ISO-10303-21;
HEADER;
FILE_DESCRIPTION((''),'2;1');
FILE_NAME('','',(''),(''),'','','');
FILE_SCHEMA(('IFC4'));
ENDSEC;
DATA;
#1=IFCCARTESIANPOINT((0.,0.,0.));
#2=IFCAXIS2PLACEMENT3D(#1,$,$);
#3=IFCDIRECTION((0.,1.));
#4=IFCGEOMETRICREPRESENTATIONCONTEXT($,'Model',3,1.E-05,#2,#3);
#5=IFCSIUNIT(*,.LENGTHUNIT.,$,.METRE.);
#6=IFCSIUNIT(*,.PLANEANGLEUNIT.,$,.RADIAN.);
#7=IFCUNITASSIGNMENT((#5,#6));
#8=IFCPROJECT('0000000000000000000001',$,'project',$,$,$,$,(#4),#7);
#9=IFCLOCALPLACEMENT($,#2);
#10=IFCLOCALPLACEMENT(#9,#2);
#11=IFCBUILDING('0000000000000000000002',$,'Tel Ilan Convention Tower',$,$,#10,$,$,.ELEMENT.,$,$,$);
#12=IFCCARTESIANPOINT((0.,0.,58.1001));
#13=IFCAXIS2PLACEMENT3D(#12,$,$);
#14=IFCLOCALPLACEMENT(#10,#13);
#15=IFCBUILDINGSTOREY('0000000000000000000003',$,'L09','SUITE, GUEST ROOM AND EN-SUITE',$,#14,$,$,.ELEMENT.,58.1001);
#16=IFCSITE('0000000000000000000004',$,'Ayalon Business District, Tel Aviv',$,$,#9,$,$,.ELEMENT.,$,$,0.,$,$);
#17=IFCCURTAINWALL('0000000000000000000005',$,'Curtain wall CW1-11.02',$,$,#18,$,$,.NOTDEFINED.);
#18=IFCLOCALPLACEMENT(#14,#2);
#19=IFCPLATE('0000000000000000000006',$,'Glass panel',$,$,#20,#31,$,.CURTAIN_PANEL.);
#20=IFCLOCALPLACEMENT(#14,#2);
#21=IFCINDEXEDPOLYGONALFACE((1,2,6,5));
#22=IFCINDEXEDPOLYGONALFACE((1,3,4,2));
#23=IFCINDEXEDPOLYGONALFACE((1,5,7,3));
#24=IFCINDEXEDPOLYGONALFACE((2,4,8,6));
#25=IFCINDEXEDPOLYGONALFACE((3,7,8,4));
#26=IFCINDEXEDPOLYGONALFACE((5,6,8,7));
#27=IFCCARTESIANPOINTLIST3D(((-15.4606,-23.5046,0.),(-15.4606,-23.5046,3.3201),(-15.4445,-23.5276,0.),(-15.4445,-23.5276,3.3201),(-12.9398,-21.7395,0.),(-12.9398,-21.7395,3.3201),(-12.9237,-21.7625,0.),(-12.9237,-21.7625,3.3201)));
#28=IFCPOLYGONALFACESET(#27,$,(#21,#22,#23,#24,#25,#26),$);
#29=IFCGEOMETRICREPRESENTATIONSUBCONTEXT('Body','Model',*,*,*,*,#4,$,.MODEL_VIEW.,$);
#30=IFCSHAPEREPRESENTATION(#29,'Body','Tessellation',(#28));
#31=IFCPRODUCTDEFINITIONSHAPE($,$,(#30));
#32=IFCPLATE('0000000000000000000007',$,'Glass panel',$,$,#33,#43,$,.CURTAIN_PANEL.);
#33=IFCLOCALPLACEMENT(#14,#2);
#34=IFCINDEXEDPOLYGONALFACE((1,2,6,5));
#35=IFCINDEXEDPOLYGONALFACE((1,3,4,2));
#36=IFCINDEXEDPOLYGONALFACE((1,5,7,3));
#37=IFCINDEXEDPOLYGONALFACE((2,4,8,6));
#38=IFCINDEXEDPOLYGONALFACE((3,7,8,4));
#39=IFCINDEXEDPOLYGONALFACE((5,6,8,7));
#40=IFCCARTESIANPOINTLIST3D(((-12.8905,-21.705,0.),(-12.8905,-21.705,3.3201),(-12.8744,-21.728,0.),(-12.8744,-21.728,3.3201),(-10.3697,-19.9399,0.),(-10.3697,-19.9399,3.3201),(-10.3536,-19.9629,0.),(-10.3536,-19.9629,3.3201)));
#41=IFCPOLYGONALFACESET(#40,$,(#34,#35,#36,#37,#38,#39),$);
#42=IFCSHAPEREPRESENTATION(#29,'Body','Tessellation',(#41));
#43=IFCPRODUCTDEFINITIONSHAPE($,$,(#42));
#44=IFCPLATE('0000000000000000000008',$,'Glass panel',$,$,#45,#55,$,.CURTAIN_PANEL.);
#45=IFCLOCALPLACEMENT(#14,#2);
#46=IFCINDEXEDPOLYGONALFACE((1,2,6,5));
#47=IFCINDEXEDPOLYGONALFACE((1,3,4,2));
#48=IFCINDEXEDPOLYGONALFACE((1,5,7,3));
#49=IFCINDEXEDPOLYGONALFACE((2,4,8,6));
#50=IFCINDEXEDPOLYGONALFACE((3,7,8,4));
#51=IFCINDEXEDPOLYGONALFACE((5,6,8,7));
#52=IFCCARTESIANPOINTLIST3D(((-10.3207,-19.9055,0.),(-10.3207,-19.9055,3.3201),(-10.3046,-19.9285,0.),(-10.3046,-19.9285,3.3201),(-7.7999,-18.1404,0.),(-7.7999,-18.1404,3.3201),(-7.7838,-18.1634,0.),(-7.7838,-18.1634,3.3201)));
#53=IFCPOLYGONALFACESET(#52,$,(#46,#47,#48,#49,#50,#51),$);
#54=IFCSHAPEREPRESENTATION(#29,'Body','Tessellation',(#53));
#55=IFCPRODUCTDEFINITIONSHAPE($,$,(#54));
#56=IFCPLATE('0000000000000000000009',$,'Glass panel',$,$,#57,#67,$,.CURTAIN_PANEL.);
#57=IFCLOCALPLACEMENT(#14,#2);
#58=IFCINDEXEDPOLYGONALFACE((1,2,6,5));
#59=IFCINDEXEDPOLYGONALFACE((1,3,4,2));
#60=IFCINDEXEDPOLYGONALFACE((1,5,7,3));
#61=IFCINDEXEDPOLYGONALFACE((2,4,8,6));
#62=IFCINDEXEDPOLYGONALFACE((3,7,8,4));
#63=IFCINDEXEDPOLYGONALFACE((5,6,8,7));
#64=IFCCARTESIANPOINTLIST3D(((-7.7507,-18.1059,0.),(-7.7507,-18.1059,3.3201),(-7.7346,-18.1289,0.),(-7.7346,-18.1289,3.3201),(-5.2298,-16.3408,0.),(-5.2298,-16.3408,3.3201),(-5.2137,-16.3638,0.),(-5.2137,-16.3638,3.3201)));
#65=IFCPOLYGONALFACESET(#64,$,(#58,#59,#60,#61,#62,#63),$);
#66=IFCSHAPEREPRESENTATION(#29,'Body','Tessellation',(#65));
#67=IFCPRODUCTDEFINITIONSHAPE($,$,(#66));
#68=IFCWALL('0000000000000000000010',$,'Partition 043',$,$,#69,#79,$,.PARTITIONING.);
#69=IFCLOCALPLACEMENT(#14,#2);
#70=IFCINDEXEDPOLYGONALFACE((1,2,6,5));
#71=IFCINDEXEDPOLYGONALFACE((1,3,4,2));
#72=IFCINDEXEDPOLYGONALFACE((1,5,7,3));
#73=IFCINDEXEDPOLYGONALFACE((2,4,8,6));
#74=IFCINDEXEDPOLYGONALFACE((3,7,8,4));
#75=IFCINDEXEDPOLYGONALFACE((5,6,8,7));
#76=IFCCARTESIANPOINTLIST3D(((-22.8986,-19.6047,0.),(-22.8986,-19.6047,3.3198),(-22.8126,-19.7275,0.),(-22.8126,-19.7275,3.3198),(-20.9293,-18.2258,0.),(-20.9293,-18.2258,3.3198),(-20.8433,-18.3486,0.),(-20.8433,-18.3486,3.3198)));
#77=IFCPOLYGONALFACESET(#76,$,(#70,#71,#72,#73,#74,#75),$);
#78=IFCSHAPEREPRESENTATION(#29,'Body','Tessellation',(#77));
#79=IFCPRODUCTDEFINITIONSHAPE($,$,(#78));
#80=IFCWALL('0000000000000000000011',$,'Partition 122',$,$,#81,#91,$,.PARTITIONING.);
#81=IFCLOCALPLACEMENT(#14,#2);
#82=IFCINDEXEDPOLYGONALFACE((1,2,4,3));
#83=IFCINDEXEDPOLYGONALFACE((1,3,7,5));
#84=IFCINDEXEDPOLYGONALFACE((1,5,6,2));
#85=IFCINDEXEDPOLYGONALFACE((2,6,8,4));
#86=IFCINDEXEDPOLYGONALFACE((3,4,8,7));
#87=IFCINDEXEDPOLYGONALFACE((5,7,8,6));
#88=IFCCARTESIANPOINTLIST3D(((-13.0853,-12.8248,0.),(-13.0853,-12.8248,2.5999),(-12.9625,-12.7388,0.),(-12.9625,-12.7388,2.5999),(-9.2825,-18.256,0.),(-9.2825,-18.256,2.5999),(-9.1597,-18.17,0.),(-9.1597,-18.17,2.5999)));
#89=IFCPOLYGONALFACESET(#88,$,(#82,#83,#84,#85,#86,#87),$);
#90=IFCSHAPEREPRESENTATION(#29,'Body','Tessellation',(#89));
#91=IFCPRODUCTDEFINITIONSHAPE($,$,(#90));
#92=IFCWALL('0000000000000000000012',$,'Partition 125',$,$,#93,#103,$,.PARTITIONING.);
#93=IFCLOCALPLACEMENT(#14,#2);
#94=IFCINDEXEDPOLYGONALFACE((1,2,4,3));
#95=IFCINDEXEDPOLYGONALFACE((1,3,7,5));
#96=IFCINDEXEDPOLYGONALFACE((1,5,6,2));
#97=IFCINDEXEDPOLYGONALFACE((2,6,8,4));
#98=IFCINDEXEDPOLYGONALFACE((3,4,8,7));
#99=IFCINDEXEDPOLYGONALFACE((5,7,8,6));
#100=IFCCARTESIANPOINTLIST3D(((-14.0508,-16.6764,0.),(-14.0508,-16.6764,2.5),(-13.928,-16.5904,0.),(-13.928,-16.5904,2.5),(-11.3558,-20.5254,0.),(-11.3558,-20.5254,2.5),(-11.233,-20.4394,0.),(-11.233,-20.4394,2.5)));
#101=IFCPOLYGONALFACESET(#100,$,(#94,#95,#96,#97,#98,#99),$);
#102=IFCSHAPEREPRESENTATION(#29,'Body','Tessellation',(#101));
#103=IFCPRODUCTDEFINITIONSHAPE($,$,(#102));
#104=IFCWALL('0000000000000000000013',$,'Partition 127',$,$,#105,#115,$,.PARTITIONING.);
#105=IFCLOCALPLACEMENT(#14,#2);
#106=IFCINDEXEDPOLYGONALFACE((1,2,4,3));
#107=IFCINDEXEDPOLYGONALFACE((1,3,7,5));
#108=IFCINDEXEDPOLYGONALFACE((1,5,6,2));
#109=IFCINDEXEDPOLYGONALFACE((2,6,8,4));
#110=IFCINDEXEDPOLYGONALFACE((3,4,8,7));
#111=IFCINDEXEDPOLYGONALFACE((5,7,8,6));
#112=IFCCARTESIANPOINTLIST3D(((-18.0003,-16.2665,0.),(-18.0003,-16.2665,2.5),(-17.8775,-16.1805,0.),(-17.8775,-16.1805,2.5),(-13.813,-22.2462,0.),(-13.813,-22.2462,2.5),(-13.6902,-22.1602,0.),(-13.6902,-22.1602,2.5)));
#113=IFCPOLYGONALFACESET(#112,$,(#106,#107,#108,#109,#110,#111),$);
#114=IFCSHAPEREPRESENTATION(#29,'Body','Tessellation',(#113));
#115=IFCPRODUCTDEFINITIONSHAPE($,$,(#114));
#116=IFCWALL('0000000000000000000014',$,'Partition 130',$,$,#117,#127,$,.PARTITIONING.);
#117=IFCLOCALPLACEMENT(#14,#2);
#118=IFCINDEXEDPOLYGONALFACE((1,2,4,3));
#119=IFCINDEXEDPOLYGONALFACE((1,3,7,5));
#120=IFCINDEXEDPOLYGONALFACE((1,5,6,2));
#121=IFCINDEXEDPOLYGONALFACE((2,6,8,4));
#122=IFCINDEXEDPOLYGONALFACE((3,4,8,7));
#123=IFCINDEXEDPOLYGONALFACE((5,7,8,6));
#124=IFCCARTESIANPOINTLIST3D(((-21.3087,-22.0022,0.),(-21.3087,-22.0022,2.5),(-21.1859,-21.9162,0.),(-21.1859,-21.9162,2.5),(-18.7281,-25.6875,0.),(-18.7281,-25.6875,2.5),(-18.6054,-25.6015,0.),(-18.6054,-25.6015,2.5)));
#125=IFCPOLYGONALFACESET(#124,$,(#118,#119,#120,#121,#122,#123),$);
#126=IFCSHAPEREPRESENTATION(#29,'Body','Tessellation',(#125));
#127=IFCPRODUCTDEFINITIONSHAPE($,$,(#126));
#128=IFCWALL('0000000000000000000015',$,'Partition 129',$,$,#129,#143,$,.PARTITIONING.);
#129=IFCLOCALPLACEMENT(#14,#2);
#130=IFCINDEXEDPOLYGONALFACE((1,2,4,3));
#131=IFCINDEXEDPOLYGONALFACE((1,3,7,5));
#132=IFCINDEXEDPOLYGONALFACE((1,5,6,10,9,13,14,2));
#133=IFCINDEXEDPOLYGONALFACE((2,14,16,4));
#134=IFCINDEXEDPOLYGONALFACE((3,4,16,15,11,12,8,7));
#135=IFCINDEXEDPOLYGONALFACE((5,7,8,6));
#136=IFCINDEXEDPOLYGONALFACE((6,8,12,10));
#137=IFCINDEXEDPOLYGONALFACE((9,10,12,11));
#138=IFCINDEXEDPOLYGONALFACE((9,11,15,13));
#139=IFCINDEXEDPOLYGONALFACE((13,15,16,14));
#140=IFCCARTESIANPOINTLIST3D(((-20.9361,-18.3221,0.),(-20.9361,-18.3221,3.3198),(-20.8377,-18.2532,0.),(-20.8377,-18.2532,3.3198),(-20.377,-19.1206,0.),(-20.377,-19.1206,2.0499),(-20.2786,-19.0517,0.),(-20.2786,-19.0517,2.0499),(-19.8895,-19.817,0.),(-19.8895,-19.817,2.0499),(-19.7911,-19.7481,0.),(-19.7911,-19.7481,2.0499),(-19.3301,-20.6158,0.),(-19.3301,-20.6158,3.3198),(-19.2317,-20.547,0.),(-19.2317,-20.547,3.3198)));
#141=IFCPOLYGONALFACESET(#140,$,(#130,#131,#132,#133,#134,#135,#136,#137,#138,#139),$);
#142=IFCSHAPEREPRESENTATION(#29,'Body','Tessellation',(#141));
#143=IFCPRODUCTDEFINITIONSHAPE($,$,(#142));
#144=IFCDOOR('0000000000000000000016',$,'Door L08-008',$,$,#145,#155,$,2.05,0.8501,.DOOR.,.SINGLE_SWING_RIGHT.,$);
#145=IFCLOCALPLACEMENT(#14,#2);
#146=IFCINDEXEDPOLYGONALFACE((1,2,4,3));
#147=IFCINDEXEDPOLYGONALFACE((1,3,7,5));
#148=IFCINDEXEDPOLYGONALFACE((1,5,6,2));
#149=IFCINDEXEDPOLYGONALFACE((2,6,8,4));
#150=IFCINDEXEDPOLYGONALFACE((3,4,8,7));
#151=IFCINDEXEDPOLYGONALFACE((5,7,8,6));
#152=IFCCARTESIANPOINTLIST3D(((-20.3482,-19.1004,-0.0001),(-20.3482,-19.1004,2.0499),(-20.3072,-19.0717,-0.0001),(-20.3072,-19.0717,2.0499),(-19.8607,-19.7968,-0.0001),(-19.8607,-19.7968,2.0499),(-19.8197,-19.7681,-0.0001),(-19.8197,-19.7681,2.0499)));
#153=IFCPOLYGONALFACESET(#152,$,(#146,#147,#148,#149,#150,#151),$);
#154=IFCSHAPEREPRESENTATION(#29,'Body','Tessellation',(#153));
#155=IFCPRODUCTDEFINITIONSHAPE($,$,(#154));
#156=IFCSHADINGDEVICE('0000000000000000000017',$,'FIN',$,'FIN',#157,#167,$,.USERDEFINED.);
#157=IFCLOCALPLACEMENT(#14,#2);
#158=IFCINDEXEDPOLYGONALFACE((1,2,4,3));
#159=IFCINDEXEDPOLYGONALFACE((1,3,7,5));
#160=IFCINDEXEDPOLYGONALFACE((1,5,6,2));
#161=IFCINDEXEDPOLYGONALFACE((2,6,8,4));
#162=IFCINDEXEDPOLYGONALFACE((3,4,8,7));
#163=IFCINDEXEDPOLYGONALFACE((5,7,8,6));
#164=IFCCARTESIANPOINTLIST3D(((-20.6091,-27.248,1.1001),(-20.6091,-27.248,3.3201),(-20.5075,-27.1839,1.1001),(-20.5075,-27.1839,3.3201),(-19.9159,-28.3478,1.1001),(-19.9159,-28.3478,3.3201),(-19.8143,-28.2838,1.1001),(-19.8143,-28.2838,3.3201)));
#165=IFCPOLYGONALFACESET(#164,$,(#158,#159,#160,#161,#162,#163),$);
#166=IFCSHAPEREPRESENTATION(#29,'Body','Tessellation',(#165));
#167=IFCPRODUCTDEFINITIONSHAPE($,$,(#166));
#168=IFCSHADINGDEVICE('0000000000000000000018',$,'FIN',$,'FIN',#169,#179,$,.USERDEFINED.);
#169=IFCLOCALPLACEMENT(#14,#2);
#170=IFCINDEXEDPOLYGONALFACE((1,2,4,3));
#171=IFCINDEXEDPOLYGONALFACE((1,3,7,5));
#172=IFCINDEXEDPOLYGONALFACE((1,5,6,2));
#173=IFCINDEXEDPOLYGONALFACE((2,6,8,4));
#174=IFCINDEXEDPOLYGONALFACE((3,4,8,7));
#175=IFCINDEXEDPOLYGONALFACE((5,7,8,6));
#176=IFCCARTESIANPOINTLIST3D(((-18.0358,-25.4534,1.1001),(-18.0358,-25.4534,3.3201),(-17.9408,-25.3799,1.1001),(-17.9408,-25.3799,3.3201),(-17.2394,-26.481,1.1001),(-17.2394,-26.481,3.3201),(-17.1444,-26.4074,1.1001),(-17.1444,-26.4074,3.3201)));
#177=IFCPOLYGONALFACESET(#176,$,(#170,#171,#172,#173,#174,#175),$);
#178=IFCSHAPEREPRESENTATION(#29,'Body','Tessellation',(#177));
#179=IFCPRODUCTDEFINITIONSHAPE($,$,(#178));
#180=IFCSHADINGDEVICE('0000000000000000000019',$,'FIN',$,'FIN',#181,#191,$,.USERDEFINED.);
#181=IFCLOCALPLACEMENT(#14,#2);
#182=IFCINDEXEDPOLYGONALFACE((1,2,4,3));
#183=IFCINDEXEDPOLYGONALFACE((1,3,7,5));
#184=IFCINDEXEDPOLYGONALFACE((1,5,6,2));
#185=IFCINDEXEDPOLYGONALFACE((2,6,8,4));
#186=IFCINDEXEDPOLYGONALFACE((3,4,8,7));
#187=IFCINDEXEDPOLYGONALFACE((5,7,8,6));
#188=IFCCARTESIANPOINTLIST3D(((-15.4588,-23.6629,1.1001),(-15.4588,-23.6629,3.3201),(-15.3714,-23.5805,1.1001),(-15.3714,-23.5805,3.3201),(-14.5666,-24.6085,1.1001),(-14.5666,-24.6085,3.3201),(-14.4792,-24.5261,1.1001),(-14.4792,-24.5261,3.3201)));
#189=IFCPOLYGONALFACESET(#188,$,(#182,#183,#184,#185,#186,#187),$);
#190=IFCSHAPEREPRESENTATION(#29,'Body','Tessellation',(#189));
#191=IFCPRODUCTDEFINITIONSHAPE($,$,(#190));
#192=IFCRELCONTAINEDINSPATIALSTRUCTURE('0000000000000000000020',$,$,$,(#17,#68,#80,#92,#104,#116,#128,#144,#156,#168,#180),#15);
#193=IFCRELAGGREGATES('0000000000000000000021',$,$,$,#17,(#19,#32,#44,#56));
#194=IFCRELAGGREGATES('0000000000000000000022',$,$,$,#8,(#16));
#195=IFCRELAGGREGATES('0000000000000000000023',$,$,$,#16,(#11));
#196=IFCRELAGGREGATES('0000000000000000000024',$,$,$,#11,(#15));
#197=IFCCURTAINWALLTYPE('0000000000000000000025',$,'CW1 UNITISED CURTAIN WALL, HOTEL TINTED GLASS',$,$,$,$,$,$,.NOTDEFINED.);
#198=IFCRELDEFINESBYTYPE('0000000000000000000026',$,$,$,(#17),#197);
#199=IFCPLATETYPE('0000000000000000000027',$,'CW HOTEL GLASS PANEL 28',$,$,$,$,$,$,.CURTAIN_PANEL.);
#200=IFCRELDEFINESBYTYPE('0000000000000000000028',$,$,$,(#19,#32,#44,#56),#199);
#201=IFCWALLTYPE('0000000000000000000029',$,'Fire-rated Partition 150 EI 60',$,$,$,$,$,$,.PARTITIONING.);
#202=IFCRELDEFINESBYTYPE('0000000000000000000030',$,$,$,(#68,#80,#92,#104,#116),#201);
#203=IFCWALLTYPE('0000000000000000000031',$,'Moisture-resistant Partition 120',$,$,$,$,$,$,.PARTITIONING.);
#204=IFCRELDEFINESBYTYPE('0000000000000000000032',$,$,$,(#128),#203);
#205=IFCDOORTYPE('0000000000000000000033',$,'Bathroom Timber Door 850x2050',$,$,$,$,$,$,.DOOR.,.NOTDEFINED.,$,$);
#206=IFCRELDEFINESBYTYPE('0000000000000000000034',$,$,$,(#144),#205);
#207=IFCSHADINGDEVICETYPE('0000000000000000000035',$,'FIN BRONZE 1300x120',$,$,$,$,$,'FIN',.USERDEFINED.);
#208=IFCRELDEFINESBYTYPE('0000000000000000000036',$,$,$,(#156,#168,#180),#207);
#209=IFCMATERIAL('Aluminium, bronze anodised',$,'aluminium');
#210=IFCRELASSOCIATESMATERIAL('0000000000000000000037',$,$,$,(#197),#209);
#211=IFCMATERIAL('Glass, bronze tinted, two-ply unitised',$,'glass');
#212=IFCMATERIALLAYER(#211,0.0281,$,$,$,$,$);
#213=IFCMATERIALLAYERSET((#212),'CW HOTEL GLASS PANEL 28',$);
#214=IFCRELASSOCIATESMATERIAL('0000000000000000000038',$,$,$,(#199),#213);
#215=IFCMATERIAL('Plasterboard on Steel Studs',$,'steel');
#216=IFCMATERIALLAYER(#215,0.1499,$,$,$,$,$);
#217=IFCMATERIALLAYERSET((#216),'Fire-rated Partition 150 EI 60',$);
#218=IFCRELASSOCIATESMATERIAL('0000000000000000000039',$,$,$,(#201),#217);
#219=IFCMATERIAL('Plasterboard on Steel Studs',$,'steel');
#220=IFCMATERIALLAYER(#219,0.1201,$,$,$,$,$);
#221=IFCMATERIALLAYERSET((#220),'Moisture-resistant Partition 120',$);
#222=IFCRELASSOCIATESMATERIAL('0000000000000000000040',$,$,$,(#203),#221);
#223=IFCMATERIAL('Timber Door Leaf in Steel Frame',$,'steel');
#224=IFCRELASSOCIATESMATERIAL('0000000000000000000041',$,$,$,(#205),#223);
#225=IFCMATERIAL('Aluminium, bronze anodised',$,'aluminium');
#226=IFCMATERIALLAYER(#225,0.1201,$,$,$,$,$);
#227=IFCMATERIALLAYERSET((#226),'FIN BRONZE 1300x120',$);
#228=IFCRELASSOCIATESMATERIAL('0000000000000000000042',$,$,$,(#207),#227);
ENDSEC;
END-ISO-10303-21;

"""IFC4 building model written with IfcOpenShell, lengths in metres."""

from ifc_helpers import new_model, si_unit, direction, frame, frame_2d, origin, origin_2d, place, context, subcontext, project, spatial, rectangle, extrude, material, layer, layer_set, type_object, element, fill, aggregate, save


model = new_model("IFC4")

# Units and contexts
model_context = context("Model", 3, precision=1e-05, world=origin(), true_north=direction((0.0, 1.0)))
body_context = subcontext(model_context, "Body", "Model", "MODEL_VIEW")
ifc_project = project(units=[si_unit("LENGTHUNIT", "METRE"), si_unit("PLANEANGLEUNIT", "RADIAN")], contexts=[model_context])

# Site, building, storey
site_placement = place(None, origin())
site = spatial("IfcSite", under=ifc_project, at=site_placement, Name="Ayalon Business District, Tel Aviv", CompositionType="ELEMENT", RefElevation=0.0)
building_placement = place(site_placement, origin())
building = spatial("IfcBuilding", under=site, at=building_placement, Name="Tel Ilan Convention Tower", CompositionType="ELEMENT")
storey_placement = place(building_placement, frame((0.0, 0.0, 58.1001)))
storey = spatial("IfcBuildingStorey", under=building, at=storey_placement, Name="L09", Description="SUITE, GUEST ROOM AND EN-SUITE", CompositionType="ELEMENT", Elevation=58.1001)

# Curtain wall, plates
ifc_material_1 = material(Name="Aluminium, bronze anodised", Category="aluminium")
curtain_wall_type = type_object("IfcCurtainWallType", Name="CW1 UNITISED CURTAIN WALL, HOTEL TINTED GLASS", PredefinedType="NOTDEFINED", material=ifc_material_1)
curtain_wall_placement = place(storey_placement, origin())
curtain_wall = element("IfcCurtainWall", 1, at=curtain_wall_placement, inside=storey, type_object=curtain_wall_type, Name="Curtain wall CW1-11.02", PredefinedType="NOTDEFINED")
ifc_material_2 = material(Name="Glass, bronze tinted, two-ply unitised", Category="glass")
ifc_layer_1 = layer(ifc_material_2, 0.0281)
ifc_layer_set_1 = layer_set([ifc_layer_1], Name="CW HOTEL GLASS PANEL 28")
plate_type = type_object("IfcPlateType", Name="CW HOTEL GLASS PANEL 28", PredefinedType="CURTAIN_PANEL", material=ifc_layer_set_1)
plate_1_placement = place(storey_placement, frame((-14.1921, -22.6335, 0.0), z_axis=(0.0, 0.0, 1.0), x_axis=(0.819152, 0.573576, 0.0)))
plate_1 = element("IfcPlate", 2, at=plate_1_placement, type_object=plate_type, Name="Glass panel", PredefinedType="CURTAIN_PANEL", context=body_context, shape_type="SweptSolid", body=[
    extrude(rectangle(XDim=3.0774, YDim=0.0281, at=origin_2d()), origin(), (0.0, 0.0, 1.0), 3.3201),
])
plate_2_placement = place(storey_placement, frame((-11.6221, -20.834, 0.0), z_axis=(0.0, 0.0, 1.0), x_axis=(0.819152, 0.573576, 0.0)))
plate_2 = element("IfcPlate", 3, at=plate_2_placement, type_object=plate_type, Name="Glass panel", PredefinedType="CURTAIN_PANEL", context=body_context, shape_type="SweptSolid", body=[
    extrude(rectangle(XDim=3.0774, YDim=0.0281, at=origin_2d()), origin(), (0.0, 0.0, 1.0), 3.3201),
])
plate_3_placement = place(storey_placement, frame((-9.0522, -19.0344, 0.0), z_axis=(0.0, 0.0, 1.0), x_axis=(0.819152, 0.573576, 0.0)))
plate_3 = element("IfcPlate", 4, at=plate_3_placement, type_object=plate_type, Name="Glass panel", PredefinedType="CURTAIN_PANEL", context=body_context, shape_type="SweptSolid", body=[
    extrude(rectangle(XDim=3.0774, YDim=0.0281, at=origin_2d()), origin(), (0.0, 0.0, 1.0), 3.3201),
])
plate_4_placement = place(storey_placement, frame((-6.4822, -17.2349, 0.0), z_axis=(0.0, 0.0, 1.0), x_axis=(0.819152, 0.573576, 0.0)))
plate_4 = element("IfcPlate", 5, at=plate_4_placement, type_object=plate_type, Name="Glass panel", PredefinedType="CURTAIN_PANEL", context=body_context, shape_type="SweptSolid", body=[
    extrude(rectangle(XDim=3.0774, YDim=0.0281, at=origin_2d()), origin(), (0.0, 0.0, 1.0), 3.3201),
])
aggregate(curtain_wall, [plate_1, plate_2, plate_3, plate_4])

# Walls
ifc_material_3 = material(Name="Plasterboard on Steel Studs", Category="steel")
ifc_layer_2 = layer(ifc_material_3, 0.1499)
ifc_layer_set_2 = layer_set([ifc_layer_2], Name="Fire-rated Partition 150 EI 60")
wall_type_1 = type_object("IfcWallType", Name="Fire-rated Partition 150 EI 60", PredefinedType="PARTITIONING", material=ifc_layer_set_2)
wall_1_placement = place(storey_placement, frame((-20.8862, -18.2871, 0.0), z_axis=(0.0, 0.0, 1.0), x_axis=(-0.819146, -0.573585, 0.0)))
element("IfcWall", 6, at=wall_1_placement, inside=storey, type_object=wall_type_1, Name="Partition 043", PredefinedType="PARTITIONING", context=body_context, shape_type="SweptSolid", body=[
    extrude(rectangle(XDim=2.4041, YDim=0.1499, at=frame_2d((1.2021, 0.0))), origin(), (0.0, 0.0, 1.0), 3.3198),
])
wall_2_placement = place(storey_placement, frame((-9.2212, -18.2129, 0.0), z_axis=(0.0, 0.0, 1.0), x_axis=(-0.573556, 0.819166, 0.0)))
element("IfcWall", 7, at=wall_2_placement, inside=storey, type_object=wall_type_1, Name="Partition 122", PredefinedType="PARTITIONING", context=body_context, shape_type="SweptSolid", body=[
    extrude(rectangle(XDim=6.6301, YDim=0.1499, at=frame_2d((3.3149, 0.0))), origin(), (0.0, 0.0, 1.0), 2.5999),
])
wall_3_placement = place(storey_placement, frame((-11.2944, -20.4824, 0.0), z_axis=(0.0, 0.0, 1.0), x_axis=(-0.57356, 0.819164, 0.0)))
element("IfcWall", 8, at=wall_3_placement, inside=storey, type_object=wall_type_1, Name="Partition 125", PredefinedType="PARTITIONING", context=body_context, shape_type="SweptSolid", body=[
    extrude(rectangle(XDim=4.6987, YDim=0.1499, at=frame_2d((2.3494, 0.0))), origin(), (0.0, 0.0, 1.0), 2.5),
])
wall_4_placement = place(storey_placement, frame((-13.7517, -22.2031, 0.0), z_axis=(0.0, 0.0, 1.0), x_axis=(-0.573595, 0.819139, 0.0)))
element("IfcWall", 9, at=wall_4_placement, inside=storey, type_object=wall_type_1, Name="Partition 127", PredefinedType="PARTITIONING", context=body_context, shape_type="SweptSolid", body=[
    extrude(rectangle(XDim=7.3, YDim=0.1499, at=frame_2d((3.6499, 0.0))), origin(), (0.0, 0.0, 1.0), 2.5),
])
wall_5_placement = place(storey_placement, frame((-18.6667, -25.6445, 0.0), z_axis=(0.0, 0.0, 1.0), x_axis=(-0.57359, 0.819143, 0.0)))
element("IfcWall", 10, at=wall_5_placement, inside=storey, type_object=wall_type_1, Name="Partition 130", PredefinedType="PARTITIONING", context=body_context, shape_type="SweptSolid", body=[
    extrude(rectangle(XDim=4.499, YDim=0.1499, at=frame_2d((2.2495, 0.0))), origin(), (0.0, 0.0, 1.0), 2.5),
])

# Wall, opening, door
ifc_material_4 = material(Name="Plasterboard on Steel Studs", Category="steel")
ifc_layer_3 = layer(ifc_material_4, 0.1201)
ifc_layer_set_3 = layer_set([ifc_layer_3], Name="Moisture-resistant Partition 120")
wall_type_2 = type_object("IfcWallType", Name="Moisture-resistant Partition 120", PredefinedType="PARTITIONING", material=ifc_layer_set_3)
wall_6_placement = place(storey_placement, frame((-19.281, -20.5813, 0.0), z_axis=(0.0, 0.0, 1.0), x_axis=(-0.57355, 0.81917, 0.0)))
wall_6 = element("IfcWall", 11, at=wall_6_placement, inside=storey, type_object=wall_type_2, Name="Partition 129", PredefinedType="PARTITIONING", context=body_context, shape_type="SweptSolid", body=[
    extrude(rectangle(XDim=2.8, YDim=0.1201, at=frame_2d((1.3999, 0.0))), origin(), (0.0, 0.0, 1.0), 3.3198),
])
opening_placement = place(wall_6_placement, frame((0.9751, 0.0, 0.0)))
opening = element("IfcOpeningElement", 12, at=opening_placement, cuts=wall_6, PredefinedType="OPENING", context=body_context, shape_type="SweptSolid", body=[
    extrude(rectangle(XDim=0.8501, YDim=2.05, at=frame_2d((0.425, 1.0249))), frame((0.0, 0.0701, 0.0), z_axis=(0.0, -1.0, 0.0), x_axis=(1.0, 0.0, 0.0)), (0.0, 0.0, 1.0), 0.1401),
])
ifc_material_5 = material(Name="Timber Door Leaf in Steel Frame", Category="steel")
door_type = type_object("IfcDoorType", Name="Bathroom Timber Door 850x2050", OperationType="NOTDEFINED", PredefinedType="DOOR", material=ifc_material_5)
door_placement = place(opening_placement, origin())
door = element("IfcDoor", 13, at=door_placement, inside=storey, type_object=door_type, Name="Door L08-008", OperationType="SINGLE_SWING_RIGHT", OverallHeight=2.05, OverallWidth=0.8501, PredefinedType="DOOR", context=body_context, shape_type="SweptSolid", body=[
    extrude(rectangle(XDim=0.8501, YDim=2.05, at=frame_2d((0.425, 1.0249))), frame((0.0, 0.0249, 0.0), z_axis=(0.0, -1.0, 0.0), x_axis=(1.0, 0.0, 0.0)), (0.0, 0.0, 1.0), 0.05),
])
fill(opening, door)

# Shading devices
ifc_material_6 = material(Name="Aluminium, bronze anodised", Category="aluminium")
ifc_layer_4 = layer(ifc_material_6, 0.1201)
ifc_layer_set_4 = layer_set([ifc_layer_4], Name="FIN BRONZE 1300x120")
shading_device_type = type_object("IfcShadingDeviceType", Name="FIN BRONZE 1300x120", ElementType="FIN", PredefinedType="USERDEFINED", material=ifc_layer_set_4)
for number, where, z_axis, x_axis, name in (
    (14, (-20.2117, -27.7659, 1.1001), (0.0, 0.0, 1.0), (0.533204, -0.845986, 0.0), "FIN"),
    (15, (-17.5901, -25.9304, 1.1001), (0.0, 0.0, 1.0), (0.612601, -0.790393, 0.0), "FIN"),
    (16, (-14.969, -24.0945, 1.1001), (0.0, 0.0, 1.0), (0.686242, -0.727374, 0.0), "FIN"),
):
    element("IfcShadingDevice", number, at=place(storey_placement, frame(where, z_axis=z_axis, x_axis=x_axis)), inside=storey, type_object=shading_device_type, Name=name, ObjectType="FIN", PredefinedType="USERDEFINED", context=body_context, shape_type="SweptSolid", body=[
        extrude(rectangle(XDim=1.3, YDim=0.1201, at=origin_2d()), origin(), (0.0, 0.0, 1.0), 2.22),
    ])

save(model, "model.ifc")
